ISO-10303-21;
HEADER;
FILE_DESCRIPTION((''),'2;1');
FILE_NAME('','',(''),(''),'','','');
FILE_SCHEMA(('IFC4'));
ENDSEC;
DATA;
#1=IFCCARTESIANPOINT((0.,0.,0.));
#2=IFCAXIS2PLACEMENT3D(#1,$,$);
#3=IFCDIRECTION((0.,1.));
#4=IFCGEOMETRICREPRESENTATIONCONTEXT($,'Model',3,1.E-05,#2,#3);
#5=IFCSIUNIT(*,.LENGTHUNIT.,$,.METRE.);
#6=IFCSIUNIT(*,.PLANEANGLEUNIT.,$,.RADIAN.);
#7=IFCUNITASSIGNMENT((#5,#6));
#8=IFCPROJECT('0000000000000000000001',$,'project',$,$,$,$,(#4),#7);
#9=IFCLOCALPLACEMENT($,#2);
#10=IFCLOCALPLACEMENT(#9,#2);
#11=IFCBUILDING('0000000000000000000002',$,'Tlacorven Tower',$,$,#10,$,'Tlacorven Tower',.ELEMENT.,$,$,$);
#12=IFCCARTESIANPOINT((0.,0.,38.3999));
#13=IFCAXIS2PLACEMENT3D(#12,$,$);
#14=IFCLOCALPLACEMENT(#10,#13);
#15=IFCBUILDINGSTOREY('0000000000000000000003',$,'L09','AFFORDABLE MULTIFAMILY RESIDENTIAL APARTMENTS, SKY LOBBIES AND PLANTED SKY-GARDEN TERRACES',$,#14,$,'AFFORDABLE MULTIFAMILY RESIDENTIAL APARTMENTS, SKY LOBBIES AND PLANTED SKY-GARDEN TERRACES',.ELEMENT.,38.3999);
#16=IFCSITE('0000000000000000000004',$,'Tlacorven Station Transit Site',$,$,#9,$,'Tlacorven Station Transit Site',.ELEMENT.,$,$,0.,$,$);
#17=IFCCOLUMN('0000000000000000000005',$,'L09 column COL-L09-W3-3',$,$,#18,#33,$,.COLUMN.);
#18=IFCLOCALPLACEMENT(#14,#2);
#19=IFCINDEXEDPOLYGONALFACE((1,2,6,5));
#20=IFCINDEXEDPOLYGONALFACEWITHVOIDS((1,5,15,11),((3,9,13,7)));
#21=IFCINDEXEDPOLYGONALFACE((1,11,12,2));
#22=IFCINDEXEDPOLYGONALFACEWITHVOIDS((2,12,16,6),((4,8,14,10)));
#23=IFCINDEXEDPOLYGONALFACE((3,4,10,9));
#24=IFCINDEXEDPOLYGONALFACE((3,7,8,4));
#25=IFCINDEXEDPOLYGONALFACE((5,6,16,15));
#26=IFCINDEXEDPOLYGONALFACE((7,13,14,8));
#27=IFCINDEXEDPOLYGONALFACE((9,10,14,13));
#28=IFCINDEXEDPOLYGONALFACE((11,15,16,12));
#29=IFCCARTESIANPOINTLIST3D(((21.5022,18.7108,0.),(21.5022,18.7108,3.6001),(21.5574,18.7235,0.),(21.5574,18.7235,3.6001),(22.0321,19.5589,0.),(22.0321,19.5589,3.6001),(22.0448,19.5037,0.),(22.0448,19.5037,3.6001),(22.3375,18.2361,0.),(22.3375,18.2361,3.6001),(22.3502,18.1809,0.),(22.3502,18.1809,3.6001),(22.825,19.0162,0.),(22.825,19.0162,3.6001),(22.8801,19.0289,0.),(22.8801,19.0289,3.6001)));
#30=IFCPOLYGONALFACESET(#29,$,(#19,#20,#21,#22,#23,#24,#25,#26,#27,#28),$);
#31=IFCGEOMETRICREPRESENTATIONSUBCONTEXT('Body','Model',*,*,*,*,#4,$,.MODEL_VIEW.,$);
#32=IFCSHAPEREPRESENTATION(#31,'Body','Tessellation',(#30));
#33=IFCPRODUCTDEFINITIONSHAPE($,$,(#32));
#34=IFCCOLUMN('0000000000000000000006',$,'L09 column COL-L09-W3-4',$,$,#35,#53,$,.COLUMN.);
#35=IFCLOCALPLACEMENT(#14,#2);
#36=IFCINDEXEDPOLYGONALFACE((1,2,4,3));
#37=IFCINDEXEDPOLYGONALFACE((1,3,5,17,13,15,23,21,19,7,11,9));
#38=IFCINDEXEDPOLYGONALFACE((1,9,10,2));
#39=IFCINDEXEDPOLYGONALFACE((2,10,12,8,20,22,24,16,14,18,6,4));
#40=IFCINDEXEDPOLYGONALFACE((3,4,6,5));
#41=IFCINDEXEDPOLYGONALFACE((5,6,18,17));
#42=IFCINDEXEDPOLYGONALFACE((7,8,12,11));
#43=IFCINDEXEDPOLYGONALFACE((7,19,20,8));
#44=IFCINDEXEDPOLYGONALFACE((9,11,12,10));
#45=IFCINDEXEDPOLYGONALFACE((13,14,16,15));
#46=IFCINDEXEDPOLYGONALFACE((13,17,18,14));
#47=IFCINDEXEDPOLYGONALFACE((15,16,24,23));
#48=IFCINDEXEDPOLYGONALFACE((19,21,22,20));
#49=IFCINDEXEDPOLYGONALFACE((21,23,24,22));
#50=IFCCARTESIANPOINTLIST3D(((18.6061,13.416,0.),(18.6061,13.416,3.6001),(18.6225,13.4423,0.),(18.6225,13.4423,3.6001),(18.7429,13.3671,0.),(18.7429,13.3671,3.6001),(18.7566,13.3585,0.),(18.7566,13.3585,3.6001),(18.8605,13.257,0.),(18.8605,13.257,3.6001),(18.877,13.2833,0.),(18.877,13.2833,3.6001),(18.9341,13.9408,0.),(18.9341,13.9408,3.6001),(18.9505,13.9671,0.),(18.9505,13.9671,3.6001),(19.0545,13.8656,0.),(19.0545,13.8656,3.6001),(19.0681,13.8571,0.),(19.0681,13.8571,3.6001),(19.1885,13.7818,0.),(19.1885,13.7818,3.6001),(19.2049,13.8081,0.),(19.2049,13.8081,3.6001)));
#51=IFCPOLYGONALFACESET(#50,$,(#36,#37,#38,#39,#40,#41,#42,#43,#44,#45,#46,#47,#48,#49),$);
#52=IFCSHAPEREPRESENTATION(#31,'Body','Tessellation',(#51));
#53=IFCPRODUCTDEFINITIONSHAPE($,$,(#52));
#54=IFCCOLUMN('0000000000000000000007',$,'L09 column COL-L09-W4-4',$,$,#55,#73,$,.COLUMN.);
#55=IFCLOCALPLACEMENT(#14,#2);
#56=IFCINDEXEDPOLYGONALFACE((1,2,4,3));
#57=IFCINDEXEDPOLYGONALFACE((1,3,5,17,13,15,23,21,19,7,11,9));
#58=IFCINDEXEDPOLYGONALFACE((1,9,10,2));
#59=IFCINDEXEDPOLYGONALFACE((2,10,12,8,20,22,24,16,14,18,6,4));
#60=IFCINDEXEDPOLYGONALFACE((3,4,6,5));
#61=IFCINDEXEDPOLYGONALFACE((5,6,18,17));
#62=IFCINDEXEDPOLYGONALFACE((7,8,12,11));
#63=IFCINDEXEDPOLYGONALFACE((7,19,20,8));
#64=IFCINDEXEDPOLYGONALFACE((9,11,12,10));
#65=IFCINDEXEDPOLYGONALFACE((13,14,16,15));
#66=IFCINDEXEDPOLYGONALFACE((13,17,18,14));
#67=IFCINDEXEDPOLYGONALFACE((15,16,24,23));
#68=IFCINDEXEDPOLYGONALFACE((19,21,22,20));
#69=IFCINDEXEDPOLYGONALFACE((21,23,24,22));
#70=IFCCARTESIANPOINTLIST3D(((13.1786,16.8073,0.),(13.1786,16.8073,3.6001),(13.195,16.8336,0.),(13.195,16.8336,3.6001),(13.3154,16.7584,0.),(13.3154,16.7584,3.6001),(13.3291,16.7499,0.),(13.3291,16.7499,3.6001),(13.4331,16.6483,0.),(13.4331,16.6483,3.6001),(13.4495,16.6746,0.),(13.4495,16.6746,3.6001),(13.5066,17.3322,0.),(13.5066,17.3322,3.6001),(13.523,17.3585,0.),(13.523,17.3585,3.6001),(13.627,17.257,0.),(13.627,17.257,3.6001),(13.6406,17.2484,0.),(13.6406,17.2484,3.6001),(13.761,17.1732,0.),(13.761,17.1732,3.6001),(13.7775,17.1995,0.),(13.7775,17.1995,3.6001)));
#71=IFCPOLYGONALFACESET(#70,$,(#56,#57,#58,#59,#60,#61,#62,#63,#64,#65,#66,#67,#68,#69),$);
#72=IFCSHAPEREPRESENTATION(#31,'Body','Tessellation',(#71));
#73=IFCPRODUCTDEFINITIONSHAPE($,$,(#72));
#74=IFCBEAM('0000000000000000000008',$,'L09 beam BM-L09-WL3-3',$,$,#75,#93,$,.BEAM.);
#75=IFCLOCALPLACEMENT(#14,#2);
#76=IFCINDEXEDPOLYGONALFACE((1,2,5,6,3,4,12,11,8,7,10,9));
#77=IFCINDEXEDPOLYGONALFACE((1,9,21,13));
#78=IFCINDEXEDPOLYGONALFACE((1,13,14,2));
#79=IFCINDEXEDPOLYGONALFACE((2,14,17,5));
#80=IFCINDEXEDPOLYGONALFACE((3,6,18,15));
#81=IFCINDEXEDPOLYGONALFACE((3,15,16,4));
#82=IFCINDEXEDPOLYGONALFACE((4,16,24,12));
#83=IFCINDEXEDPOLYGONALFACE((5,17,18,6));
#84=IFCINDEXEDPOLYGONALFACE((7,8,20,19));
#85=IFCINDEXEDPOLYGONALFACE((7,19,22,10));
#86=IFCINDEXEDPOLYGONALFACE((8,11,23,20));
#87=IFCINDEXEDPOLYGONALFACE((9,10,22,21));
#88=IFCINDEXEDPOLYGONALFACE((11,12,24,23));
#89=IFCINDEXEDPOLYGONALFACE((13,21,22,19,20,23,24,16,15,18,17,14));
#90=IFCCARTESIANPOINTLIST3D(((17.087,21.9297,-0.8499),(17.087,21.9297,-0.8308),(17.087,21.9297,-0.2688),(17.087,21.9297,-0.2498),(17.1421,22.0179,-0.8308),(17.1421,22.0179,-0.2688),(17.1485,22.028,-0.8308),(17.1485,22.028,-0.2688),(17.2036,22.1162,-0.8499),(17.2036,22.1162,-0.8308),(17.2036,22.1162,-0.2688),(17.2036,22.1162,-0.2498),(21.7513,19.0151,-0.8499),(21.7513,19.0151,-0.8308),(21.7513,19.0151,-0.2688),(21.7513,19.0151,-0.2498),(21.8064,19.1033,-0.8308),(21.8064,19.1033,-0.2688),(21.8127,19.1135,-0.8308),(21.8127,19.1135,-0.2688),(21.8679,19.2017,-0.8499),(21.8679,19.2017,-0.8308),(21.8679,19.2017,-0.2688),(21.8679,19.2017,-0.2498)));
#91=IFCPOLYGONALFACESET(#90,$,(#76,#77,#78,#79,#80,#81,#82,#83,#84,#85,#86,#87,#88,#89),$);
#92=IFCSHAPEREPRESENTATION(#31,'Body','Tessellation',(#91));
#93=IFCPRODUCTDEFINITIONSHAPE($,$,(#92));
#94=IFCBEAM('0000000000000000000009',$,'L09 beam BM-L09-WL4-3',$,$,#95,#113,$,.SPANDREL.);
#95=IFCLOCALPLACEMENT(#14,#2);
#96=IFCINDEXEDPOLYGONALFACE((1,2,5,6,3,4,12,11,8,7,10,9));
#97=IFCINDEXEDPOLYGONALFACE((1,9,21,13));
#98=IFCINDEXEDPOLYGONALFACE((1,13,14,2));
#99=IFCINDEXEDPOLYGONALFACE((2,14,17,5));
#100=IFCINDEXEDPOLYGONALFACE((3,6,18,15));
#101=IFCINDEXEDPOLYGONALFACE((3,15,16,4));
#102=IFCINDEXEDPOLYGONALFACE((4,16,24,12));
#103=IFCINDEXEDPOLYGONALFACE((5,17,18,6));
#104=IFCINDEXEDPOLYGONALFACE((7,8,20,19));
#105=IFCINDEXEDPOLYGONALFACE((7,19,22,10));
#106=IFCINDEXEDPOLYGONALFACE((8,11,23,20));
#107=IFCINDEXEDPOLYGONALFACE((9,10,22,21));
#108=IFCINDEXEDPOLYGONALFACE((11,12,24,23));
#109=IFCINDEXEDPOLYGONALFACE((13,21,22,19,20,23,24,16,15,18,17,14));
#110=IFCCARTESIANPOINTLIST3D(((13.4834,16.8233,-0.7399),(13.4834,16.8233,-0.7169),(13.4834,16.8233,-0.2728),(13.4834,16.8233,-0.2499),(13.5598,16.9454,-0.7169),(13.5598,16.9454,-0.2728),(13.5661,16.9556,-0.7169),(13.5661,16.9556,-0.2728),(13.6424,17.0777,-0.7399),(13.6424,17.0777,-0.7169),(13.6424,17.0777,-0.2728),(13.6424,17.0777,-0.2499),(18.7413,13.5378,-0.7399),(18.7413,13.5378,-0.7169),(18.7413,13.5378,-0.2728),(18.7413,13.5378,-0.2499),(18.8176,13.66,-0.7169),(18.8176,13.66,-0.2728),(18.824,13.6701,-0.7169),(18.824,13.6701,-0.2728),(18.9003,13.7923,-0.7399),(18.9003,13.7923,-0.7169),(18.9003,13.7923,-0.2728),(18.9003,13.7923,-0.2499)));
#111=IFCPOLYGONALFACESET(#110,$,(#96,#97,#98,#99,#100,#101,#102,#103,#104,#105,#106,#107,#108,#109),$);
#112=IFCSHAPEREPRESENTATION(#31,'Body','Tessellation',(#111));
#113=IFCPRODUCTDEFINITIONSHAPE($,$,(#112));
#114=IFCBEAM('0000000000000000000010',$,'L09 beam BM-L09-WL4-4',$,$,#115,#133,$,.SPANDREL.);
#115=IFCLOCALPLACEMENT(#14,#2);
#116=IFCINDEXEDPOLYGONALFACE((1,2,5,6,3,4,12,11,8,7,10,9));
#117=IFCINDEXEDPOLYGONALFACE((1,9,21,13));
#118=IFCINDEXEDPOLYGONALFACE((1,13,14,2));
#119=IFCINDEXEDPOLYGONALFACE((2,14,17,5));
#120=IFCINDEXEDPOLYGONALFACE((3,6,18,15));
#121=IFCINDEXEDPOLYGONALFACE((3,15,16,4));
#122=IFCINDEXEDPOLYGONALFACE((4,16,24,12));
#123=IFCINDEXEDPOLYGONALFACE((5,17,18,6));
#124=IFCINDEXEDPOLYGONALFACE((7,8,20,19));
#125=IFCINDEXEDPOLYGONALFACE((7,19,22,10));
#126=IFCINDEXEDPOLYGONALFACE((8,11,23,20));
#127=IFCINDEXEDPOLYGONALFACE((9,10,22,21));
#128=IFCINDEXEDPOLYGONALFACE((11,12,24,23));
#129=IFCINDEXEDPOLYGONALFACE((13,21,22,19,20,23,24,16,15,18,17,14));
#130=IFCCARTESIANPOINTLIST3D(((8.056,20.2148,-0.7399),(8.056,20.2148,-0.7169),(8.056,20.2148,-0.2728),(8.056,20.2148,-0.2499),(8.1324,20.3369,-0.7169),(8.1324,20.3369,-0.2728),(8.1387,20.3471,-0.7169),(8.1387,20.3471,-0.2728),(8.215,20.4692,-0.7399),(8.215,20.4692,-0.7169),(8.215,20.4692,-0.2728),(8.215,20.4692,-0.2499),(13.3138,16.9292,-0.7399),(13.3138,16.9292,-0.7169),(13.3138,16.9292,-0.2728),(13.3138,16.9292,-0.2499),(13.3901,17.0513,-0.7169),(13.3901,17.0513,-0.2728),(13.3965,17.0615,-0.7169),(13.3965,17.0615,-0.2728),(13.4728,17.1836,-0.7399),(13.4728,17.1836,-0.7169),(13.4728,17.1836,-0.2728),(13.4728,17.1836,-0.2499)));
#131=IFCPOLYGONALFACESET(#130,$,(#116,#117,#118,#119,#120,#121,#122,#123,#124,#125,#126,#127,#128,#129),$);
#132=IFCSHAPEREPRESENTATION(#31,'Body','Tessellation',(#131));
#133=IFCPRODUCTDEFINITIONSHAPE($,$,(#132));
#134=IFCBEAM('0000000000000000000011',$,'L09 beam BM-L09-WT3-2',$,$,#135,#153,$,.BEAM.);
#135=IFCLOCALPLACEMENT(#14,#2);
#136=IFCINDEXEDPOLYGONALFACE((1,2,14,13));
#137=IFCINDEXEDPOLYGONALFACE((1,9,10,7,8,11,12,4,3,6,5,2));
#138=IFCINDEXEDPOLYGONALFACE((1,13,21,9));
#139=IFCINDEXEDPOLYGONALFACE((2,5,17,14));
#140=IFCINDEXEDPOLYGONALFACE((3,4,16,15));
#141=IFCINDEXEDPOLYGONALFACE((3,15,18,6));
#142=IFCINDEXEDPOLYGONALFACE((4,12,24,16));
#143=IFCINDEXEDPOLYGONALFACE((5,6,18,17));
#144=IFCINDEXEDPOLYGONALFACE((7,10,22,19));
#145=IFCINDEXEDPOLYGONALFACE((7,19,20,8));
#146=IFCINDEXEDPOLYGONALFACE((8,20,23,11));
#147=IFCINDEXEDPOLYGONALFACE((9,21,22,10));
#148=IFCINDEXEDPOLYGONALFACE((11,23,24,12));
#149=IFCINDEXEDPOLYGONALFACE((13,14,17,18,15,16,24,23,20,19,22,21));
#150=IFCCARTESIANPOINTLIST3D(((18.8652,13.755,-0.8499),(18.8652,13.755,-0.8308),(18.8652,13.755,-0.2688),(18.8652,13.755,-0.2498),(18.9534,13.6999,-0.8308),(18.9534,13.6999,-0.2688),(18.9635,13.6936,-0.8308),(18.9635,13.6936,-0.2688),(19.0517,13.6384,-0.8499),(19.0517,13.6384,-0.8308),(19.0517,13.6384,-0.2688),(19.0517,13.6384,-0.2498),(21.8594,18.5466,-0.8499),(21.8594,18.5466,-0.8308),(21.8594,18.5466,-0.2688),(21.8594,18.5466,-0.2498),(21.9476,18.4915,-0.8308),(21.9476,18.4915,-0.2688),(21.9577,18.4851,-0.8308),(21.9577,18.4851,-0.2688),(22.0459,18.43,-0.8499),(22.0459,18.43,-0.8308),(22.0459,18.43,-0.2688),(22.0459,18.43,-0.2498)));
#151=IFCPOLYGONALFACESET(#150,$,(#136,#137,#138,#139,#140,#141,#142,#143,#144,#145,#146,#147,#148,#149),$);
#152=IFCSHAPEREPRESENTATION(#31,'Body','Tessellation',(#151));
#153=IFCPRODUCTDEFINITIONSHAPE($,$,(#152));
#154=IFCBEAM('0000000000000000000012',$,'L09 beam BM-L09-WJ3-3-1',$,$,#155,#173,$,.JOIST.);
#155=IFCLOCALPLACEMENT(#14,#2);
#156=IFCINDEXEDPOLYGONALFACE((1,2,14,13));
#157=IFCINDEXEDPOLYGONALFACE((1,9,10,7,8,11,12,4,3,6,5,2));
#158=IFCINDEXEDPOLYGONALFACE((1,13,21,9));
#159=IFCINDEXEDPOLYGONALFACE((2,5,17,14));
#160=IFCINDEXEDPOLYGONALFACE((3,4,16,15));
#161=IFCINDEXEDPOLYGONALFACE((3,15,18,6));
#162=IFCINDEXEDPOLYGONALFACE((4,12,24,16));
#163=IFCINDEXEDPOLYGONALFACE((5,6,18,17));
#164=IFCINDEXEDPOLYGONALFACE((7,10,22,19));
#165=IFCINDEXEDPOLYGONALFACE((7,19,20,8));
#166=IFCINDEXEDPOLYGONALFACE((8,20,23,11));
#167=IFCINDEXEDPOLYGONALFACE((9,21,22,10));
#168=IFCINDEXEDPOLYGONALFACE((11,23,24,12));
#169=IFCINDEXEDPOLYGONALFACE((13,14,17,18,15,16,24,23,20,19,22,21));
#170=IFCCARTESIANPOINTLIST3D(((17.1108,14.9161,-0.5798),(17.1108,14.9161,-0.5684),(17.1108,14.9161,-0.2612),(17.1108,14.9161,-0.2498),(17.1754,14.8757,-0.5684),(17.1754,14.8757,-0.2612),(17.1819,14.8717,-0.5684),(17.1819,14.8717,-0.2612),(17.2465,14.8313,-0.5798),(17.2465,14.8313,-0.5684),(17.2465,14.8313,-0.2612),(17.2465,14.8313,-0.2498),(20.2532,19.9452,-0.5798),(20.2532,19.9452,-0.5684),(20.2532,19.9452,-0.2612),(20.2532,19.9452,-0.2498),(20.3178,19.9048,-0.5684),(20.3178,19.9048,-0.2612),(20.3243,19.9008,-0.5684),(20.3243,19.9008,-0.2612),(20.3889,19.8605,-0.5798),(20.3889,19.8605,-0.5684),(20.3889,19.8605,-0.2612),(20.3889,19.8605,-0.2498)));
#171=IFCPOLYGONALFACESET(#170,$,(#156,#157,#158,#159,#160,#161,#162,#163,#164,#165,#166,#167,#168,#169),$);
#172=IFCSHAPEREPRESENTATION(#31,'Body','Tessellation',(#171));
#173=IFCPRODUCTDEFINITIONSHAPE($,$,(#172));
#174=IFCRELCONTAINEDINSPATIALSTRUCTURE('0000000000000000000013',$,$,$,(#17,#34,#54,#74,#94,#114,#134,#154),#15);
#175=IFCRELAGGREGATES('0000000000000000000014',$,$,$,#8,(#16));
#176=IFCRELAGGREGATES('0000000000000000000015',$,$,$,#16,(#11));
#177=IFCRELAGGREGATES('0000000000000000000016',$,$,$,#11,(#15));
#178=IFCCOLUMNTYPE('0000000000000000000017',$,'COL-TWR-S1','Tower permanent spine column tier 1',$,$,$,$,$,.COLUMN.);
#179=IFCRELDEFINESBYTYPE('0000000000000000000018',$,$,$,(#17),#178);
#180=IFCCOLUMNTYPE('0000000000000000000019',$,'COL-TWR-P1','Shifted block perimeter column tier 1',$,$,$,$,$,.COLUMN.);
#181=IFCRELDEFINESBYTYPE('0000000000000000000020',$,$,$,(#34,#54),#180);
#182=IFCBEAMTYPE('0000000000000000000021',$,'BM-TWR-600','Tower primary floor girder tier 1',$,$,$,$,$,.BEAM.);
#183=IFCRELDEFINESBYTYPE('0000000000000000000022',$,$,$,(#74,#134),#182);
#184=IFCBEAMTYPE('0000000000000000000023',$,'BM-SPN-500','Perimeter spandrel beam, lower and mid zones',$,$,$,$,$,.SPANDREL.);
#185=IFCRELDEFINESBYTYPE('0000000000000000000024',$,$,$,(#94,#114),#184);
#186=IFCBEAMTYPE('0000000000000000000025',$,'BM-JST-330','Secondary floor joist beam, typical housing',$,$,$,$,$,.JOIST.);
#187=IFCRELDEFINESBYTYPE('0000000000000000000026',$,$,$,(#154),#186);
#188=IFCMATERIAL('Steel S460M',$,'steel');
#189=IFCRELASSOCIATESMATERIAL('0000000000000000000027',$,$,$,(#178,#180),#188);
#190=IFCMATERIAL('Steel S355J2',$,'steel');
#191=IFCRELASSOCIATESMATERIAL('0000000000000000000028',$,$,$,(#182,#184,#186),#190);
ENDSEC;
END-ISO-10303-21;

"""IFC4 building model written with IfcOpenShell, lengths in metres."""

from ifc_helpers import new_model, si_unit, direction, frame, origin, origin_2d, place, context, subcontext, project, spatial, hollow_rectangle, i_section, extrude, source, transform, mapped, material, material_profile, profile_set, type_object, element, save


model = new_model("IFC4")

# Units and contexts
model_context = context("Model", 3, precision=1e-05, world=origin(), true_north=direction((0.0, 1.0)))
body_context = subcontext(model_context, "Body", "Model", "MODEL_VIEW")
ifc_project = project(units=[si_unit("LENGTHUNIT", "METRE"), si_unit("PLANEANGLEUNIT", "RADIAN")], contexts=[model_context])

# Site, building, storey
site_placement = place(None, origin())
site = spatial("IfcSite", under=ifc_project, at=site_placement, Name="Tlacorven Station Transit Site", LongName="Tlacorven Station Transit Site", CompositionType="ELEMENT", RefElevation=0.0)
building_placement = place(site_placement, origin())
building = spatial("IfcBuilding", under=site, at=building_placement, Name="Tlacorven Tower", LongName="Tlacorven Tower", CompositionType="ELEMENT")
storey_placement = place(building_placement, frame((0.0, 0.0, 38.3999)))
storey = spatial("IfcBuildingStorey", under=building, at=storey_placement, Name="L09", Description="AFFORDABLE MULTIFAMILY RESIDENTIAL APARTMENTS, SKY LOBBIES AND PLANTED SKY-GARDEN TERRACES", LongName="AFFORDABLE MULTIFAMILY RESIDENTIAL APARTMENTS, SKY LOBBIES AND PLANTED SKY-GARDEN TERRACES", CompositionType="ELEMENT", Elevation=38.3999)

# Columns
ifc_material_1 = material(Name="Steel S460M", Category="steel")
ifc_material_profile_1 = material_profile(ifc_material_1, hollow_rectangle(XDim=1.0, YDim=1.0, WallThickness=0.04, at=origin_2d()), Name="BOX 1000X1000X40")
ifc_profile_set_1 = profile_set([ifc_material_profile_1], Name="Steel S460M")
column_type_1 = type_object("IfcColumnType", Name="COL-TWR-S1", Description="Tower permanent spine column tier 1", PredefinedType="COLUMN", material=ifc_profile_set_1)
shared_shape_1 = source(origin(), body_context, "Body", "SweptSolid", [
    extrude(hollow_rectangle(XDim=1.0, YDim=1.0, WallThickness=0.04, at=origin_2d()), origin(), (0.0, 0.0, 1.0), 3.6001),
])
column_placement = place(storey_placement, frame((22.1912, 18.8699, 0.0), z_axis=(0.0, 0.0, 1.0), x_axis=(-0.848048, 0.529919, 0.0)))
element("IfcColumn", 1, at=column_placement, inside=storey, type_object=column_type_1, Name="L09 column COL-L09-W3-3", PredefinedType="COLUMN", context=body_context, shape_type="MappedRepresentation", body=[
    mapped(shared_shape_1, transform((0.0, 0.0, 0.0), scale=1.0)),
])
ifc_material_profile_2 = material_profile(ifc_material_1, i_section(OverallWidth=0.3, OverallDepth=0.6499, WebThickness=0.0161, FlangeThickness=0.031, at=origin_2d()), Name="HEB 650")
ifc_profile_set_2 = profile_set([ifc_material_profile_2], Name="Steel S460M")
column_type_2 = type_object("IfcColumnType", Name="COL-TWR-P1", Description="Shifted block perimeter column tier 1", PredefinedType="COLUMN", material=ifc_profile_set_2)
shared_shape_2 = source(origin(), body_context, "Body", "SweptSolid", [
    extrude(i_section(OverallWidth=0.3, OverallDepth=0.6499, WebThickness=0.0161, FlangeThickness=0.031, at=origin_2d()), origin(), (0.0, 0.0, 1.0), 3.6001),
])
for number, where, z_axis, x_axis, name in (
    (2, (18.9055, 13.6121, 0.0), (0.0, 0.0, 1.0), (-0.848048, 0.529919, 0.0), "L09 column COL-L09-W3-4"),
    (3, (13.478, 17.0034, 0.0), (0.0, 0.0, 1.0), (-0.848048, 0.529919, 0.0), "L09 column COL-L09-W4-4"),
):
    element("IfcColumn", number, at=place(storey_placement, frame(where, z_axis=z_axis, x_axis=x_axis)), inside=storey, type_object=column_type_2, Name=name, PredefinedType="COLUMN", context=body_context, shape_type="MappedRepresentation", body=[
        mapped(shared_shape_2, transform((0.0, 0.0, 0.0), scale=1.0)),
    ])

# Beams
ifc_material_2 = material(Name="Steel S355J2", Category="steel")
ifc_material_profile_3 = material_profile(ifc_material_2, i_section(OverallWidth=0.22, OverallDepth=0.6001, WebThickness=0.012, FlangeThickness=0.019, at=origin_2d()), Name="IPE 600")
ifc_profile_set_3 = profile_set([ifc_material_profile_3], Name="Steel S355J2")
beam_type_1 = type_object("IfcBeamType", Name="BM-TWR-600", Description="Tower primary floor girder tier 1", PredefinedType="BEAM", material=ifc_profile_set_3)
shared_shape_3 = source(origin(), body_context, "Body", "SweptSolid", [
    extrude(i_section(OverallWidth=0.22, OverallDepth=0.6001, WebThickness=0.012, FlangeThickness=0.019, at=origin_2d()), origin(), (0.0, 0.0, 1.0), 5.5),
])
beam_1_placement = place(storey_placement, frame((21.8096, 19.1084, -0.5498), z_axis=(-0.848051, 0.529915, 0.0), x_axis=(-0.529915, -0.848051, 0.0)))
element("IfcBeam", 4, at=beam_1_placement, inside=storey, type_object=beam_type_1, Name="L09 beam BM-L09-WL3-3", PredefinedType="BEAM", context=body_context, shape_type="MappedRepresentation", body=[
    mapped(shared_shape_3, transform((0.0, 0.0, 0.0), scale=1.0)),
])
ifc_material_profile_4 = material_profile(ifc_material_2, i_section(OverallWidth=0.3, OverallDepth=0.49, WebThickness=0.012, FlangeThickness=0.0229, at=origin_2d()), Name="HEA 500")
ifc_profile_set_4 = profile_set([ifc_material_profile_4], Name="Steel S355J2")
beam_type_2 = type_object("IfcBeamType", Name="BM-SPN-500", Description="Perimeter spandrel beam, lower and mid zones", PredefinedType="SPANDREL", material=ifc_profile_set_4)
shared_shape_4 = source(origin(), body_context, "Body", "SweptSolid", [
    extrude(i_section(OverallWidth=0.3, OverallDepth=0.49, WebThickness=0.012, FlangeThickness=0.0229, at=origin_2d()), origin(), (0.0, 0.0, 1.0), 6.2),
])
for number, where, z_axis, x_axis, name in (
    (5, (18.8208, 13.665, -0.4949), (-0.848051, 0.529914, 0.0), (-0.529914, -0.848051, 0.0), "L09 beam BM-L09-WL4-3"),
    (6, (13.3933, 17.0564, -0.4949), (-0.848034, 0.529942, 0.0), (-0.529942, -0.848034, 0.0), "L09 beam BM-L09-WL4-4"),
):
    element("IfcBeam", number, at=place(storey_placement, frame(where, z_axis=z_axis, x_axis=x_axis)), inside=storey, type_object=beam_type_2, Name=name, PredefinedType="SPANDREL", context=body_context, shape_type="MappedRepresentation", body=[
        mapped(shared_shape_4, transform((0.0, 0.0, 0.0), scale=1.0)),
    ])
shared_shape_5 = source(origin(), body_context, "Body", "SweptSolid", [
    extrude(i_section(OverallWidth=0.22, OverallDepth=0.6001, WebThickness=0.012, FlangeThickness=0.019, at=origin_2d()), origin(), (0.0, 0.0, 1.0), 5.6501),
])
beam_2_placement = place(storey_placement, frame((21.9526, 18.4883, -0.5498), z_axis=(-0.529929, -0.848042, 0.0), x_axis=(0.848042, -0.529929, 0.0)))
element("IfcBeam", 7, at=beam_2_placement, inside=storey, type_object=beam_type_1, Name="L09 beam BM-L09-WT3-2", PredefinedType="BEAM", context=body_context, shape_type="MappedRepresentation", body=[
    mapped(shared_shape_5, transform((0.0, 0.0, 0.0), scale=1.0)),
])
ifc_material_profile_5 = material_profile(ifc_material_2, i_section(OverallWidth=0.1599, OverallDepth=0.3301, WebThickness=0.0076, FlangeThickness=0.0115, at=origin_2d()), Name="IPE 330")
ifc_profile_set_5 = profile_set([ifc_material_profile_5], Name="Steel S355J2")
beam_type_3 = type_object("IfcBeamType", Name="BM-JST-330", Description="Secondary floor joist beam, typical housing", PredefinedType="JOIST", material=ifc_profile_set_5)
shared_shape_6 = source(origin(), body_context, "Body", "SweptSolid", [
    extrude(i_section(OverallWidth=0.1599, OverallDepth=0.3301, WebThickness=0.0076, FlangeThickness=0.0115, at=origin_2d()), origin(), (0.0, 0.0, 1.0), 5.9302),
])
beam_3_placement = place(storey_placement, frame((20.321, 19.9028, -0.4148), z_axis=(-0.529899, -0.848061, 0.0), x_axis=(0.848061, -0.529899, 0.0)))
element("IfcBeam", 8, at=beam_3_placement, inside=storey, type_object=beam_type_3, Name="L09 beam BM-L09-WJ3-3-1", PredefinedType="JOIST", context=body_context, shape_type="MappedRepresentation", body=[
    mapped(shared_shape_6, transform((0.0, 0.0, 0.0), scale=1.0)),
])

save(model, "model.ifc")
